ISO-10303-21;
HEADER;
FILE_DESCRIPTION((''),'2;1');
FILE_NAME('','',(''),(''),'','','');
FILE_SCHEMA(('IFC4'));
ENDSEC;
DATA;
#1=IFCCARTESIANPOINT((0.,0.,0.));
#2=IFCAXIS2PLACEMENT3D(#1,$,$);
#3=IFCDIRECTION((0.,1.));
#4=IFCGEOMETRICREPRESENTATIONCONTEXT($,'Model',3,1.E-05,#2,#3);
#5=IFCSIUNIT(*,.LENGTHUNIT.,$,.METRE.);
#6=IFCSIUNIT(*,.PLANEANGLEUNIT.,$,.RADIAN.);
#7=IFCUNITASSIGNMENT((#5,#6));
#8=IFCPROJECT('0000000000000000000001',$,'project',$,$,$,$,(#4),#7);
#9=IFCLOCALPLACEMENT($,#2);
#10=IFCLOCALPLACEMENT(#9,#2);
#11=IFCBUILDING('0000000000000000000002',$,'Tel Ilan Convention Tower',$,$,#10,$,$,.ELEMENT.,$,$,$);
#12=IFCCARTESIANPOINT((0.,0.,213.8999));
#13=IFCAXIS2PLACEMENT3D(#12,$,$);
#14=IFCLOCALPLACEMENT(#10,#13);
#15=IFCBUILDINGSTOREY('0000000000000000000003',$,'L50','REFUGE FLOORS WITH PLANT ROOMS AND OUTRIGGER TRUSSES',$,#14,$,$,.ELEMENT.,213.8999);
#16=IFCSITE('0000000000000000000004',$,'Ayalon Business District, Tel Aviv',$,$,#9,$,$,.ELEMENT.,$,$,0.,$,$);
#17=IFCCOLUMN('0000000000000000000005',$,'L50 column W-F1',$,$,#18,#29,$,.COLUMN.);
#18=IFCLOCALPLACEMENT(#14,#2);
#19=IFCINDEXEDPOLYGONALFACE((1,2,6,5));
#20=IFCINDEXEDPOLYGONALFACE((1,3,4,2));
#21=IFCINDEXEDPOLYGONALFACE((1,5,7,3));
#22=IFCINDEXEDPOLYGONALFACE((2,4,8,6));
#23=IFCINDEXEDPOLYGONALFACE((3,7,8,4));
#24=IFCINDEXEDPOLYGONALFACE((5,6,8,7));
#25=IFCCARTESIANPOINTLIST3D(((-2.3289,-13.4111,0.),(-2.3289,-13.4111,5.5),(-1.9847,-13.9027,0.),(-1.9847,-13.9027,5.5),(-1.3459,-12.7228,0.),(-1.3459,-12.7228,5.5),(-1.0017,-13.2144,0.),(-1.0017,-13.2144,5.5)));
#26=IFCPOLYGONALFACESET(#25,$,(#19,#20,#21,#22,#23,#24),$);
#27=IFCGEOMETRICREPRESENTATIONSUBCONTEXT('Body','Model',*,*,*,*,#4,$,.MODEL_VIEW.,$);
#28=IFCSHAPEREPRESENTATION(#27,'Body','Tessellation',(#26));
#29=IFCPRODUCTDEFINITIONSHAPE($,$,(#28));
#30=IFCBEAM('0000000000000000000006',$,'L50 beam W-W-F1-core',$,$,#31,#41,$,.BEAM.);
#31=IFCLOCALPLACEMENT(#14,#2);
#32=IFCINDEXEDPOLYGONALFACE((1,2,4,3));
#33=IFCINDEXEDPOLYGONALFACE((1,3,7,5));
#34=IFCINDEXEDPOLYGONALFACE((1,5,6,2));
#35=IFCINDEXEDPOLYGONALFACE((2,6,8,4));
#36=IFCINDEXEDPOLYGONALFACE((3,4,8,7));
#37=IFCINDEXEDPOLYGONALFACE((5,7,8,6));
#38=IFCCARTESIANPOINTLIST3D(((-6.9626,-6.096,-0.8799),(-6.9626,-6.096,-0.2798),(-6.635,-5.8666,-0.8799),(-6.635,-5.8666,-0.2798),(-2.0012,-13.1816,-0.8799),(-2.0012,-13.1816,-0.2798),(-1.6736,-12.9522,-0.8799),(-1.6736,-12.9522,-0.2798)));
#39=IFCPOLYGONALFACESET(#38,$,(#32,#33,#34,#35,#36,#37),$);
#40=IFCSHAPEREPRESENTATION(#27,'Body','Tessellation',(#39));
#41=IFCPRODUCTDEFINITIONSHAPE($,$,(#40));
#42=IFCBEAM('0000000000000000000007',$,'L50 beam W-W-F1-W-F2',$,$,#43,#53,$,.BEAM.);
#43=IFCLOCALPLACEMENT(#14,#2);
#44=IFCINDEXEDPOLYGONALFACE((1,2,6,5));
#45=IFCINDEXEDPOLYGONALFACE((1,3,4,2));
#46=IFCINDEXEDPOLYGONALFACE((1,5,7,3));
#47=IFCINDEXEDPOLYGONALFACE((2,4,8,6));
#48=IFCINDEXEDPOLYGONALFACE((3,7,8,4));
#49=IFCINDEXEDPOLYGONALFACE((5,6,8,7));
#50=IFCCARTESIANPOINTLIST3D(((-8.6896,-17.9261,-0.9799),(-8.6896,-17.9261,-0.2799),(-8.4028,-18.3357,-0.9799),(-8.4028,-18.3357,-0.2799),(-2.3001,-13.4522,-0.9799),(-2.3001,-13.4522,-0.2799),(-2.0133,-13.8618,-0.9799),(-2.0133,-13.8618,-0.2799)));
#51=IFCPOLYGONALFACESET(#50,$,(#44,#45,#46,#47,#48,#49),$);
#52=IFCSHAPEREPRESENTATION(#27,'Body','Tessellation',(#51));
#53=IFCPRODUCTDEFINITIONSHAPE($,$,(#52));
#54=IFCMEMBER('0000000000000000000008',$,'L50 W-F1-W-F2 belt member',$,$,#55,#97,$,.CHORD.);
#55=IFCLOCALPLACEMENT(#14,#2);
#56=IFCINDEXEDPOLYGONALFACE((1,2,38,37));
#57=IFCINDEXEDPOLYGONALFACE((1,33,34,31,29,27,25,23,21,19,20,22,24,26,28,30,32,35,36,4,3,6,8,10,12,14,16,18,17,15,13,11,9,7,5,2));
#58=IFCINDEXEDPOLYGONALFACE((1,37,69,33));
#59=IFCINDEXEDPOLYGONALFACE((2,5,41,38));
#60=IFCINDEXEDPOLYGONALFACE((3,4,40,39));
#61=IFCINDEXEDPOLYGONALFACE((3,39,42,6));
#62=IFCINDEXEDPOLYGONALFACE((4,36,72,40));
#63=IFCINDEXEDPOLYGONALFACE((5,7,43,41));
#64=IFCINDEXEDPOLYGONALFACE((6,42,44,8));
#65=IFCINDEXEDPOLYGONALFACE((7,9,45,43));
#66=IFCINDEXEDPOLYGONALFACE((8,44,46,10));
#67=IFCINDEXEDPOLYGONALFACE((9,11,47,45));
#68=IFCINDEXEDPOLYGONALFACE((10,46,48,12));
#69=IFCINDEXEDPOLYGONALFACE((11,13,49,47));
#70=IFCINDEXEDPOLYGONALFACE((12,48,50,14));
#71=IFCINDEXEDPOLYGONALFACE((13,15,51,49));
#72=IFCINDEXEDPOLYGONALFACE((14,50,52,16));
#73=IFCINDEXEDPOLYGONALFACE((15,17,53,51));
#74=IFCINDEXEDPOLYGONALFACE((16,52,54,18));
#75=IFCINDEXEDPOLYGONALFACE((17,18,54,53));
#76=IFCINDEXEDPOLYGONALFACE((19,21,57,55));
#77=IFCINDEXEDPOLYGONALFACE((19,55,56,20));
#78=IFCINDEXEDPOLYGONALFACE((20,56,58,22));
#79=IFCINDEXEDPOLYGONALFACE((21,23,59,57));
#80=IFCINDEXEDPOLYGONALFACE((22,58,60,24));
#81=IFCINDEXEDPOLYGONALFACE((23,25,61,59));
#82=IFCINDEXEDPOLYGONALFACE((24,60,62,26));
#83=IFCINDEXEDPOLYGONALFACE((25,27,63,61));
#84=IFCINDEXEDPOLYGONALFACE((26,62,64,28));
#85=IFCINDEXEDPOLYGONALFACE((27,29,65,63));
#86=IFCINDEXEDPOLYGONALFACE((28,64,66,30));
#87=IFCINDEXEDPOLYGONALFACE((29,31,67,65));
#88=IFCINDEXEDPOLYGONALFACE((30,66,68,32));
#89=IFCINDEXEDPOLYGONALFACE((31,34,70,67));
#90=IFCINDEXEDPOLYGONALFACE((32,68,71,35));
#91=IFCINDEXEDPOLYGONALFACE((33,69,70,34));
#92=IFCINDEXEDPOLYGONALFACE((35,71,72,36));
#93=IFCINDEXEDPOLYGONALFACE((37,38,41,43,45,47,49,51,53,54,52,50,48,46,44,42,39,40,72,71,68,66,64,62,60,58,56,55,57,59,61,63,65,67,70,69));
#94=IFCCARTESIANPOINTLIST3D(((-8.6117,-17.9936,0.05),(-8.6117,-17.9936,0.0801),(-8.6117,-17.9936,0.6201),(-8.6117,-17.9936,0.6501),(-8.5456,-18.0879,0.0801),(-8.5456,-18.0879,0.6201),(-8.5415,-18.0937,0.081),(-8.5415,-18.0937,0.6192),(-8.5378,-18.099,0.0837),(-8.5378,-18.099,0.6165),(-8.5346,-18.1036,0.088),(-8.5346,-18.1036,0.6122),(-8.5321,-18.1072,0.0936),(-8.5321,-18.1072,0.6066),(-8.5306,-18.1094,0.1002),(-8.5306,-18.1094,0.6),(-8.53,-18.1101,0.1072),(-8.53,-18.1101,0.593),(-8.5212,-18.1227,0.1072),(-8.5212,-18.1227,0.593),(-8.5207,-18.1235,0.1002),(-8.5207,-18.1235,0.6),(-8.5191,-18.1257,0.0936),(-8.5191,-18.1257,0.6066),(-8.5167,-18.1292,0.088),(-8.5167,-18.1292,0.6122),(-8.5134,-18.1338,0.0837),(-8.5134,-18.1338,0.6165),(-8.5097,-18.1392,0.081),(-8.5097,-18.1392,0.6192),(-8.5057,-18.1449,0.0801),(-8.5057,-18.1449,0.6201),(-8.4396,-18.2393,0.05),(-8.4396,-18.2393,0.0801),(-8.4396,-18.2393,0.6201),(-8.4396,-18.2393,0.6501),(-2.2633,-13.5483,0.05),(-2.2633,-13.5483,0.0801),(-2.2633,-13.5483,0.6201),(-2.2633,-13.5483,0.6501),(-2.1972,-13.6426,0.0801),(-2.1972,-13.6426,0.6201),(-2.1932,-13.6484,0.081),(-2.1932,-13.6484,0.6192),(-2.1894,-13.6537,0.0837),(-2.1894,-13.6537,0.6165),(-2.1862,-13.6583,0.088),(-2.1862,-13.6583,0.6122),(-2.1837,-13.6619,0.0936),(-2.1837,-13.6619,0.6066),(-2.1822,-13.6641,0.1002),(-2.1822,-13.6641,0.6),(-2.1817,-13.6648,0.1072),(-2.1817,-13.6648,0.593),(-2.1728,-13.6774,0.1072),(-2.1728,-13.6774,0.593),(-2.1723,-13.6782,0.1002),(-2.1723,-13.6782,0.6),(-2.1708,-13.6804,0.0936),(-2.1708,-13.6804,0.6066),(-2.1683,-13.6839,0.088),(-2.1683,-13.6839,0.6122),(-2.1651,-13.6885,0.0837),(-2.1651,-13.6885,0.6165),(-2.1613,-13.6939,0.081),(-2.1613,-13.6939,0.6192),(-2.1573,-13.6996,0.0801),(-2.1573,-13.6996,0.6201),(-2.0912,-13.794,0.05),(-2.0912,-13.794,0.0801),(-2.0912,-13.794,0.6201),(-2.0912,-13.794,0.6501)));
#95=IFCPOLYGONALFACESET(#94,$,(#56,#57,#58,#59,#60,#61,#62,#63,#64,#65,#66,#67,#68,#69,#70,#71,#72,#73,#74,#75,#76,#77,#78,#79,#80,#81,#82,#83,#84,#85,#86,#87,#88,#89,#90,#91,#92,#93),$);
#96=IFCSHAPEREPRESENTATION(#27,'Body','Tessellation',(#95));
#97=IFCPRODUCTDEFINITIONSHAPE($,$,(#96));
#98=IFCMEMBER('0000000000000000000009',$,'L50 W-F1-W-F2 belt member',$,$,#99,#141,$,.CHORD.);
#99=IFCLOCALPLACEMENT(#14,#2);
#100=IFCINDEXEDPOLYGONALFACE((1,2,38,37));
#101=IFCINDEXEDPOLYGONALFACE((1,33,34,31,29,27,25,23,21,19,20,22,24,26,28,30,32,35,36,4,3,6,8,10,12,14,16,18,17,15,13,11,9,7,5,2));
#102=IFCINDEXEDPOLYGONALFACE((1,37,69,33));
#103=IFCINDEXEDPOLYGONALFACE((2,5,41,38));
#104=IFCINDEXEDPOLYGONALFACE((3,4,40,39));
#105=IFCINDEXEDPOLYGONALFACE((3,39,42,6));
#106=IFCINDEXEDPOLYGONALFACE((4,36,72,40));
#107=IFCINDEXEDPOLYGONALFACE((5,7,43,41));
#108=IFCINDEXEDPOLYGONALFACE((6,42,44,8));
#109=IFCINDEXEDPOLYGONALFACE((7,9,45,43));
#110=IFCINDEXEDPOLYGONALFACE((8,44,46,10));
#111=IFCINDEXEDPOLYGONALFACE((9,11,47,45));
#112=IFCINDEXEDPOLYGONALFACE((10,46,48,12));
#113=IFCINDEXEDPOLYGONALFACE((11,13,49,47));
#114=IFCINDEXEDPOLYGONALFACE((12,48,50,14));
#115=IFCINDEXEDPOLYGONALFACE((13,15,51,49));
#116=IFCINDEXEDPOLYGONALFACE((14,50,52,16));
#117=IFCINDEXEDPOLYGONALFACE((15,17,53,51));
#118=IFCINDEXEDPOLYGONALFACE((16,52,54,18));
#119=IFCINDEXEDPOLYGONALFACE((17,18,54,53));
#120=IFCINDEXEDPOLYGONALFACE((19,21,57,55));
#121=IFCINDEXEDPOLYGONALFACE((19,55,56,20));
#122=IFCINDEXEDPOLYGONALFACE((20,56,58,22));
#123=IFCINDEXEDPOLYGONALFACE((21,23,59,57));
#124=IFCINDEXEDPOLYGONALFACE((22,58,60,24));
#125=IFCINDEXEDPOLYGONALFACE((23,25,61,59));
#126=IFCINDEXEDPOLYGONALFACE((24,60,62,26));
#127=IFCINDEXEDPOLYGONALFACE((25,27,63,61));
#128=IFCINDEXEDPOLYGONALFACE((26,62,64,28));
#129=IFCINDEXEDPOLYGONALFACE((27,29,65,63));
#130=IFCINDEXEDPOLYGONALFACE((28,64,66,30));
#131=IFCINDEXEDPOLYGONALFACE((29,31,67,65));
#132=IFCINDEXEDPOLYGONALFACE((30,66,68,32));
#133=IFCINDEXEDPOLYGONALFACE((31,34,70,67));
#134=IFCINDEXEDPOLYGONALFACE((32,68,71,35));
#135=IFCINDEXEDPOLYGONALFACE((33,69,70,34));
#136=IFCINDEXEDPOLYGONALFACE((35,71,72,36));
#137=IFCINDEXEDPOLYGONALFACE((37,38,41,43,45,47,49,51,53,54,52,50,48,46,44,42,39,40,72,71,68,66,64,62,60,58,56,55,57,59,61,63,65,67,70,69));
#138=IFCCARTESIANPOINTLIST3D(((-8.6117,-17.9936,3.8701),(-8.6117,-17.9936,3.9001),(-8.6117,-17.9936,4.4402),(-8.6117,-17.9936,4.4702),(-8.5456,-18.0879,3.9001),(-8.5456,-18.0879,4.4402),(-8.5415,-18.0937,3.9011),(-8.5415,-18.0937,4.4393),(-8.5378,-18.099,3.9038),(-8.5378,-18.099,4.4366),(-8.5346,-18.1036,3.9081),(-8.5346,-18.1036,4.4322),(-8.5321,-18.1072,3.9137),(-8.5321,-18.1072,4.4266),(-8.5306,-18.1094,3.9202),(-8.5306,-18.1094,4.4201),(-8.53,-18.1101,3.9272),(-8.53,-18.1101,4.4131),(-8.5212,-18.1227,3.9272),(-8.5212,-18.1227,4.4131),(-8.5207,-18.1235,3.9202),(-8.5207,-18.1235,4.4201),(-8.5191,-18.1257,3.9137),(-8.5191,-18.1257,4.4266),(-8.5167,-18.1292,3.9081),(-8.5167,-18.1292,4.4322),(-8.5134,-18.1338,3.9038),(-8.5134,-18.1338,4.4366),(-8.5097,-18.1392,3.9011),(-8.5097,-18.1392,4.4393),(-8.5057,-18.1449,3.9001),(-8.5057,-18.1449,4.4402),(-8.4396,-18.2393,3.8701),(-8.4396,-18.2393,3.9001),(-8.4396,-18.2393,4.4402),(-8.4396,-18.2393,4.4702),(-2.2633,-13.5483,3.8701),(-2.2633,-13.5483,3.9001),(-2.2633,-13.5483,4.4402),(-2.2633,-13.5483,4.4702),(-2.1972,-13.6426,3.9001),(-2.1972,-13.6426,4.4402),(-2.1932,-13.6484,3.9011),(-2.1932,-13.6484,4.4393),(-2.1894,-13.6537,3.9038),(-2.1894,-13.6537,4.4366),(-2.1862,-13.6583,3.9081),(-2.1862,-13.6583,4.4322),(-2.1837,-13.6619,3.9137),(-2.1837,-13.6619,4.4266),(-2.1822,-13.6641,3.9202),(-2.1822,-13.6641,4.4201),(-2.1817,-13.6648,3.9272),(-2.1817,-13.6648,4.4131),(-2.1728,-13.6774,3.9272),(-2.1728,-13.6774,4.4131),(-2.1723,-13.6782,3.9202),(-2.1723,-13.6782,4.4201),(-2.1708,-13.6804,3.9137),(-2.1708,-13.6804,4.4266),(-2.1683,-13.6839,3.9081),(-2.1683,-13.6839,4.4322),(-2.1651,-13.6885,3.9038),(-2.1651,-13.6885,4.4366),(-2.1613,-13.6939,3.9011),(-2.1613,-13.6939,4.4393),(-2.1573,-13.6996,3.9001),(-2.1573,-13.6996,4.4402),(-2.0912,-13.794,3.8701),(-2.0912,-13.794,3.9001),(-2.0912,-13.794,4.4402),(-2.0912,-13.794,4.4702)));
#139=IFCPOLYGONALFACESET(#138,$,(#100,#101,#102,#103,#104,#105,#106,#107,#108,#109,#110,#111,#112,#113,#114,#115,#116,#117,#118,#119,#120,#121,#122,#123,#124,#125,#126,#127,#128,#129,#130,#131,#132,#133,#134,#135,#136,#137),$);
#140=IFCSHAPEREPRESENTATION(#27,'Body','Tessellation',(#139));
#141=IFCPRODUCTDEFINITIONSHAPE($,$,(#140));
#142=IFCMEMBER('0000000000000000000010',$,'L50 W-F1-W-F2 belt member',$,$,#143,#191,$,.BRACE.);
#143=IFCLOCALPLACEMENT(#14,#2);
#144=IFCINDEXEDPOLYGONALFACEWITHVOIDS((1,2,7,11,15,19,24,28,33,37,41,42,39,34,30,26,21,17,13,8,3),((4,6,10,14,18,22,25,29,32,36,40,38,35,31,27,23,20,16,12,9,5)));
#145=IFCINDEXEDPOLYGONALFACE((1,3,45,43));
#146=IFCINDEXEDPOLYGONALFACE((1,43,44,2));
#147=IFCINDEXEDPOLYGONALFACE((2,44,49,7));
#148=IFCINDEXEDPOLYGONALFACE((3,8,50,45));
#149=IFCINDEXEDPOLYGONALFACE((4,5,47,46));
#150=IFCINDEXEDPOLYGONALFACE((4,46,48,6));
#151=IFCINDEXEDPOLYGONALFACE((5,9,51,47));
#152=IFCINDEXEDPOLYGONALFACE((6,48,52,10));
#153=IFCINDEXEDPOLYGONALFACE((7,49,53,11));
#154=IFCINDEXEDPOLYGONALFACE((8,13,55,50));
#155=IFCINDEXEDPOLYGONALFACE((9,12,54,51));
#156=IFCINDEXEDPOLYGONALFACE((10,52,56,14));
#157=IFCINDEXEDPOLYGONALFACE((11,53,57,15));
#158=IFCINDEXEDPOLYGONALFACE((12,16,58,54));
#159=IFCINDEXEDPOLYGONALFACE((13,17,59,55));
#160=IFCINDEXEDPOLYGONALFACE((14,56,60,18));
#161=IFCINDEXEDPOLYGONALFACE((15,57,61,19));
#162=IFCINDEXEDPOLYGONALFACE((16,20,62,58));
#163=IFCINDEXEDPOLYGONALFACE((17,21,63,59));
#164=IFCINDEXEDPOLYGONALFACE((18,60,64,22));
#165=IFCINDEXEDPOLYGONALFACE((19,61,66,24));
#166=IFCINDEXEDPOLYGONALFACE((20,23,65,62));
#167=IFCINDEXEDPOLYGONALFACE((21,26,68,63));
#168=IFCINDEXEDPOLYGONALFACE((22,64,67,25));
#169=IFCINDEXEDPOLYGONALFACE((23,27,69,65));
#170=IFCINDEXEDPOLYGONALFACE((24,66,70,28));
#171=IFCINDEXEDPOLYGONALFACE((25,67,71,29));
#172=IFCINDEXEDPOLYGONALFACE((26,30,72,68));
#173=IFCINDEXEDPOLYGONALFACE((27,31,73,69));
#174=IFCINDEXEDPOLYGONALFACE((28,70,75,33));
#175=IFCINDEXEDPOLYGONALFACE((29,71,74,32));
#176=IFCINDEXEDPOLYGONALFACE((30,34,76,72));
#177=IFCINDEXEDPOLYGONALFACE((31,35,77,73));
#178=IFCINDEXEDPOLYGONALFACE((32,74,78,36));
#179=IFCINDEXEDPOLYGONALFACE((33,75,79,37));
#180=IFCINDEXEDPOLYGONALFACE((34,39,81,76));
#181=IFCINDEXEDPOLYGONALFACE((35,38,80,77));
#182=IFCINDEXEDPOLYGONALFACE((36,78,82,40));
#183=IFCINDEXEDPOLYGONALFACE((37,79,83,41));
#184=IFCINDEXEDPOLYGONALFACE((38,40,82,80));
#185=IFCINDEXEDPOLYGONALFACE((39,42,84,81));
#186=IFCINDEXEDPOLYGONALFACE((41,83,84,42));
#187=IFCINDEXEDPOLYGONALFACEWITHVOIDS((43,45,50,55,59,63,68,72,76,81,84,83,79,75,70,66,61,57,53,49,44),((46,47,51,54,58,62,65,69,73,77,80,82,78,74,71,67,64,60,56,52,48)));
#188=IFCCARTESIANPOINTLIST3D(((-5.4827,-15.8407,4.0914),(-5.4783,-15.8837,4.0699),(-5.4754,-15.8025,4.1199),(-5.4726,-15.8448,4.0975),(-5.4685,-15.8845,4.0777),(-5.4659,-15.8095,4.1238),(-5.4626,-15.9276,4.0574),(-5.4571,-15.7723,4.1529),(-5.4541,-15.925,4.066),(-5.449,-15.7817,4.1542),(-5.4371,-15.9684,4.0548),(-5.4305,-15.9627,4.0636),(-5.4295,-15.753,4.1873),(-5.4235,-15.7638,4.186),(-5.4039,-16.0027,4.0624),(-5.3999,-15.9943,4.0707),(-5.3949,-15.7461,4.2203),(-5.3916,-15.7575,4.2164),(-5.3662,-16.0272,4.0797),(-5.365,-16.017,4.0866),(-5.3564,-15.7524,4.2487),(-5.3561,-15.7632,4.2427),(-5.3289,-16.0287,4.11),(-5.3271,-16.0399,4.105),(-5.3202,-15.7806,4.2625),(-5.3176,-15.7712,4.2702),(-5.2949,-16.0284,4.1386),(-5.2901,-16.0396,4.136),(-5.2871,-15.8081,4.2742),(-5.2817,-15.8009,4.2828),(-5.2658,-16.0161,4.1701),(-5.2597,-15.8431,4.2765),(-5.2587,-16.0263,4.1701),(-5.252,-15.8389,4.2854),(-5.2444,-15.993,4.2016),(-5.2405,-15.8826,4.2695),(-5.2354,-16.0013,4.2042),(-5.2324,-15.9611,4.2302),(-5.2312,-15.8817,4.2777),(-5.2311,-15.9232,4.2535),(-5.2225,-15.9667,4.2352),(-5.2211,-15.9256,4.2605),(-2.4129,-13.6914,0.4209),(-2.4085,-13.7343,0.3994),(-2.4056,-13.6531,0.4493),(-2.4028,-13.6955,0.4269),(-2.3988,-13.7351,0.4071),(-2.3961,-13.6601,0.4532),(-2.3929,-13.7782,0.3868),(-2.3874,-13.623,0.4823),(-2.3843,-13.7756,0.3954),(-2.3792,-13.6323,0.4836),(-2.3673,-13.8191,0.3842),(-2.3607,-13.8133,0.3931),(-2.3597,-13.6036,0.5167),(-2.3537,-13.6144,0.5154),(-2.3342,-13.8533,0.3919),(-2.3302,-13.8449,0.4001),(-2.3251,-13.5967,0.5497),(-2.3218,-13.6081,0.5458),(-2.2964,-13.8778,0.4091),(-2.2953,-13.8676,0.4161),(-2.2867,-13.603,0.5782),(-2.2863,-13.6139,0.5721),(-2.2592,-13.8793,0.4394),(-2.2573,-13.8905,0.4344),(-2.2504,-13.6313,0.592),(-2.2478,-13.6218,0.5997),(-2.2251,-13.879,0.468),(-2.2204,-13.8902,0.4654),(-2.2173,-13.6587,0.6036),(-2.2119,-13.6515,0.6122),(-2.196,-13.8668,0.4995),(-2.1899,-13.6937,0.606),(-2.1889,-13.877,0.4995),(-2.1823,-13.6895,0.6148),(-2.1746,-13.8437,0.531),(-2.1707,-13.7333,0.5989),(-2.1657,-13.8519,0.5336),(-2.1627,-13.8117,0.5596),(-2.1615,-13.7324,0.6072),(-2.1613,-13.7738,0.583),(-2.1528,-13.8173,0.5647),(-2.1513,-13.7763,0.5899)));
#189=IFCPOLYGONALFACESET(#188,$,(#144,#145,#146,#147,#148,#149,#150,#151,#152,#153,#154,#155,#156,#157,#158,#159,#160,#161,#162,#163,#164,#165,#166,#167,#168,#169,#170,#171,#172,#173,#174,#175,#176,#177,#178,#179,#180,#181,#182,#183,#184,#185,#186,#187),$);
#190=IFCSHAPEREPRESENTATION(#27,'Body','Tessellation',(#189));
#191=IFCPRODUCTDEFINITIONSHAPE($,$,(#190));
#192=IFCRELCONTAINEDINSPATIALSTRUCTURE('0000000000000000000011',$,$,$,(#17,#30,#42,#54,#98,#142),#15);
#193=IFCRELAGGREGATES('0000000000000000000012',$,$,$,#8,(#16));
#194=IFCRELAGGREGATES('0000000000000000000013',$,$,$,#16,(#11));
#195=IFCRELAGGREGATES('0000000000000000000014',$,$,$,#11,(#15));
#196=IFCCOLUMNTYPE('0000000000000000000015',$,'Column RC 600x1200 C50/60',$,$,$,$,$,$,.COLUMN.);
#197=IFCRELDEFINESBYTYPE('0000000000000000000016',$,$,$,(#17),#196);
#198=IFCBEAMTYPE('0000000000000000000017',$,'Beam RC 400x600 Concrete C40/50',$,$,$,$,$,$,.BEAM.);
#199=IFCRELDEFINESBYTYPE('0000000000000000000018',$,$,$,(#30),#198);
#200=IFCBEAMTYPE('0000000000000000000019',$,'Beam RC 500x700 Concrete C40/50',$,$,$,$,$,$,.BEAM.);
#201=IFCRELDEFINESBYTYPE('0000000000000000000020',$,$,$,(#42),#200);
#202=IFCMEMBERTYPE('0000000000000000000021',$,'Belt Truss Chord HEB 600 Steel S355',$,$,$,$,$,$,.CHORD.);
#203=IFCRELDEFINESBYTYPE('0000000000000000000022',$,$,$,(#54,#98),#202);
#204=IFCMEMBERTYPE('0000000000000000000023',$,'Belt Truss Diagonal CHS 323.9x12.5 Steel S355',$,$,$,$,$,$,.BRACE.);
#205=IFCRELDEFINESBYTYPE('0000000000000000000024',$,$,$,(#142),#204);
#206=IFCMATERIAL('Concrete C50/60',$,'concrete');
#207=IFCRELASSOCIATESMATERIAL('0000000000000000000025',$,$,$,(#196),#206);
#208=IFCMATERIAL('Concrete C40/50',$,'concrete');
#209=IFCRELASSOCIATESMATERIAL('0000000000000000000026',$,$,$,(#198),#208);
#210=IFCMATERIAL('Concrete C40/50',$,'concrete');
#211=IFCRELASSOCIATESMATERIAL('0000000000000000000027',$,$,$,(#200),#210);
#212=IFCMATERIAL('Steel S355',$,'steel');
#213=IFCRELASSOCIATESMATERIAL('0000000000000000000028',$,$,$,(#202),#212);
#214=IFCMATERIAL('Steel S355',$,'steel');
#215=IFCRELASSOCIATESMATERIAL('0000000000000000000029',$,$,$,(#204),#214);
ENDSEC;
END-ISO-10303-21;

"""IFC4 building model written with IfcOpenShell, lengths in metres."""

from ifc_helpers import new_model, si_unit, direction, frame, origin, origin_2d, place, context, subcontext, project, spatial, rectangle, hollow_circle, i_section, extrude, material, material_profile, profile_set, type_object, element, save


model = new_model("IFC4")

# Units and contexts
model_context = context("Model", 3, precision=1e-05, world=origin(), true_north=direction((0.0, 1.0)))
body_context = subcontext(model_context, "Body", "Model", "MODEL_VIEW")
ifc_project = project(units=[si_unit("LENGTHUNIT", "METRE"), si_unit("PLANEANGLEUNIT", "RADIAN")], contexts=[model_context])

# Site, building, storey
site_placement = place(None, origin())
site = spatial("IfcSite", under=ifc_project, at=site_placement, Name="Ayalon Business District, Tel Aviv", CompositionType="ELEMENT", RefElevation=0.0)
building_placement = place(site_placement, origin())
building = spatial("IfcBuilding", under=site, at=building_placement, Name="Tel Ilan Convention Tower", CompositionType="ELEMENT")
storey_placement = place(building_placement, frame((0.0, 0.0, 213.8999)))
storey = spatial("IfcBuildingStorey", under=building, at=storey_placement, Name="L50", Description="REFUGE FLOORS WITH PLANT ROOMS AND OUTRIGGER TRUSSES", CompositionType="ELEMENT", Elevation=213.8999)

# Column
ifc_material_1 = material(Name="Concrete C50/60", Category="concrete")
ifc_material_profile_1 = material_profile(ifc_material_1, rectangle(XDim=1.2, YDim=0.6001, at=origin_2d()), Name="RC 600x1200")
ifc_profile_set_1 = profile_set([ifc_material_profile_1], Name="Concrete C50/60")
column_type = type_object("IfcColumnType", Name="Column RC 600x1200 C50/60", PredefinedType="COLUMN", material=ifc_profile_set_1)
column_placement = place(storey_placement, frame((-1.6653, -13.3127, 0.0), z_axis=(0.0, 0.0, 1.0), x_axis=(-0.819152, -0.573576, 0.0)))
element("IfcColumn", 1, at=column_placement, inside=storey, type_object=column_type, Name="L50 column W-F1", PredefinedType="COLUMN", context=body_context, shape_type="SweptSolid", body=[
    extrude(rectangle(XDim=1.2, YDim=0.6001, at=origin_2d()), origin(), (0.0, 0.0, 1.0), 5.5),
])

# Beams
ifc_material_2 = material(Name="Concrete C40/50", Category="concrete")
ifc_material_profile_2 = material_profile(ifc_material_2, rectangle(XDim=0.3999, YDim=0.6001, at=origin_2d()), Name="RC 400x600")
ifc_profile_set_2 = profile_set([ifc_material_profile_2], Name="Concrete C40/50")
beam_type_1 = type_object("IfcBeamType", Name="Beam RC 400x600 Concrete C40/50", PredefinedType="BEAM", material=ifc_profile_set_2)
beam_1_placement = place(storey_placement, frame((-1.8374, -13.0669, -0.5798), z_axis=(-0.573574, 0.819154, 0.0), x_axis=(-0.819154, -0.573574, 0.0)))
element("IfcBeam", 2, at=beam_1_placement, inside=storey, type_object=beam_type_1, Name="L50 beam W-W-F1-core", PredefinedType="BEAM", context=body_context, shape_type="SweptSolid", body=[
    extrude(rectangle(XDim=0.3999, YDim=0.6001, at=origin_2d()), origin(), (0.0, 0.0, 1.0), 8.6499),
])
ifc_material_3 = material(Name="Concrete C40/50", Category="concrete")
ifc_material_profile_3 = material_profile(ifc_material_3, rectangle(XDim=0.5, YDim=0.7, at=origin_2d()), Name="RC 500x700")
ifc_profile_set_3 = profile_set([ifc_material_profile_3], Name="Concrete C40/50")
beam_type_2 = type_object("IfcBeamType", Name="Beam RC 500x700 Concrete C40/50", PredefinedType="BEAM", material=ifc_profile_set_3)
beam_2_placement = place(storey_placement, frame((-2.1567, -13.657, -0.6299), z_axis=(-0.819154, -0.573574, 0.0), x_axis=(0.573574, -0.819154, 0.0)))
element("IfcBeam", 3, at=beam_2_placement, inside=storey, type_object=beam_type_2, Name="L50 beam W-W-F1-W-F2", PredefinedType="BEAM", context=body_context, shape_type="SweptSolid", body=[
    extrude(rectangle(XDim=0.5, YDim=0.7, at=origin_2d()), origin(), (0.0, 0.0, 1.0), 7.8),
])

# Members
ifc_material_4 = material(Name="Steel S355", Category="steel")
ifc_material_profile_4 = material_profile(ifc_material_4, i_section(OverallWidth=0.3, OverallDepth=0.6001, WebThickness=0.0154, FlangeThickness=0.03, FilletRadius=0.0271, at=origin_2d()), Name="HEB 600")
ifc_profile_set_4 = profile_set([ifc_material_profile_4], Name="Steel S355")
member_type_1 = type_object("IfcMemberType", Name="Belt Truss Chord HEB 600 Steel S355", PredefinedType="CHORD", material=ifc_profile_set_4)
for number, where, z_axis, x_axis, name in (
    (4, (-2.1772, -13.6711, 0.3501), (-0.819145, -0.573587, 0.0), (0.573587, -0.819145, 0.0), "L50 W-F1-W-F2 belt member"),
    (5, (-2.1772, -13.6711, 4.1702), (-0.819145, -0.573587, 0.0), (0.573587, -0.819145, 0.0), "L50 W-F1-W-F2 belt member"),
):
    element("IfcMember", number, at=place(storey_placement, frame(where, z_axis=z_axis, x_axis=x_axis)), inside=storey, type_object=member_type_1, Name=name, PredefinedType="CHORD", context=body_context, shape_type="SweptSolid", body=[
        extrude(i_section(OverallWidth=0.3, OverallDepth=0.6001, WebThickness=0.0154, FlangeThickness=0.03, FilletRadius=0.0271, at=origin_2d()), origin(), (0.0, 0.0, 1.0), 7.75),
    ])
ifc_material_5 = material(Name="Steel S355", Category="steel")
ifc_material_profile_5 = material_profile(ifc_material_5, hollow_circle(Radius=0.1619, WallThickness=0.0125, at=origin_2d()), Name="CHS 323.9x12.5")
ifc_profile_set_5 = profile_set([ifc_material_profile_5], Name="Steel S355")
member_type_2 = type_object("IfcMemberType", Name="Belt Truss Diagonal CHS 323.9x12.5 Steel S355", PredefinedType="BRACE", material=ifc_profile_set_5)
member_1_placement = place(storey_placement, frame((-2.2817, -13.7444, 0.4995), z_axis=(-0.585206, -0.409747, 0.699744), x_axis=(0.573559, -0.819165, 0.0)))
element("IfcMember", 6, at=member_1_placement, inside=storey, type_object=member_type_2, Name="L50 W-F1-W-F2 belt member", PredefinedType="BRACE", context=body_context, shape_type="SweptSolid", body=[
    extrude(hollow_circle(Radius=0.1619, WallThickness=0.0125, at=origin_2d()), origin(), (0.0, 0.0, 1.0), 5.2456),
])

save(model, "model.ifc")
